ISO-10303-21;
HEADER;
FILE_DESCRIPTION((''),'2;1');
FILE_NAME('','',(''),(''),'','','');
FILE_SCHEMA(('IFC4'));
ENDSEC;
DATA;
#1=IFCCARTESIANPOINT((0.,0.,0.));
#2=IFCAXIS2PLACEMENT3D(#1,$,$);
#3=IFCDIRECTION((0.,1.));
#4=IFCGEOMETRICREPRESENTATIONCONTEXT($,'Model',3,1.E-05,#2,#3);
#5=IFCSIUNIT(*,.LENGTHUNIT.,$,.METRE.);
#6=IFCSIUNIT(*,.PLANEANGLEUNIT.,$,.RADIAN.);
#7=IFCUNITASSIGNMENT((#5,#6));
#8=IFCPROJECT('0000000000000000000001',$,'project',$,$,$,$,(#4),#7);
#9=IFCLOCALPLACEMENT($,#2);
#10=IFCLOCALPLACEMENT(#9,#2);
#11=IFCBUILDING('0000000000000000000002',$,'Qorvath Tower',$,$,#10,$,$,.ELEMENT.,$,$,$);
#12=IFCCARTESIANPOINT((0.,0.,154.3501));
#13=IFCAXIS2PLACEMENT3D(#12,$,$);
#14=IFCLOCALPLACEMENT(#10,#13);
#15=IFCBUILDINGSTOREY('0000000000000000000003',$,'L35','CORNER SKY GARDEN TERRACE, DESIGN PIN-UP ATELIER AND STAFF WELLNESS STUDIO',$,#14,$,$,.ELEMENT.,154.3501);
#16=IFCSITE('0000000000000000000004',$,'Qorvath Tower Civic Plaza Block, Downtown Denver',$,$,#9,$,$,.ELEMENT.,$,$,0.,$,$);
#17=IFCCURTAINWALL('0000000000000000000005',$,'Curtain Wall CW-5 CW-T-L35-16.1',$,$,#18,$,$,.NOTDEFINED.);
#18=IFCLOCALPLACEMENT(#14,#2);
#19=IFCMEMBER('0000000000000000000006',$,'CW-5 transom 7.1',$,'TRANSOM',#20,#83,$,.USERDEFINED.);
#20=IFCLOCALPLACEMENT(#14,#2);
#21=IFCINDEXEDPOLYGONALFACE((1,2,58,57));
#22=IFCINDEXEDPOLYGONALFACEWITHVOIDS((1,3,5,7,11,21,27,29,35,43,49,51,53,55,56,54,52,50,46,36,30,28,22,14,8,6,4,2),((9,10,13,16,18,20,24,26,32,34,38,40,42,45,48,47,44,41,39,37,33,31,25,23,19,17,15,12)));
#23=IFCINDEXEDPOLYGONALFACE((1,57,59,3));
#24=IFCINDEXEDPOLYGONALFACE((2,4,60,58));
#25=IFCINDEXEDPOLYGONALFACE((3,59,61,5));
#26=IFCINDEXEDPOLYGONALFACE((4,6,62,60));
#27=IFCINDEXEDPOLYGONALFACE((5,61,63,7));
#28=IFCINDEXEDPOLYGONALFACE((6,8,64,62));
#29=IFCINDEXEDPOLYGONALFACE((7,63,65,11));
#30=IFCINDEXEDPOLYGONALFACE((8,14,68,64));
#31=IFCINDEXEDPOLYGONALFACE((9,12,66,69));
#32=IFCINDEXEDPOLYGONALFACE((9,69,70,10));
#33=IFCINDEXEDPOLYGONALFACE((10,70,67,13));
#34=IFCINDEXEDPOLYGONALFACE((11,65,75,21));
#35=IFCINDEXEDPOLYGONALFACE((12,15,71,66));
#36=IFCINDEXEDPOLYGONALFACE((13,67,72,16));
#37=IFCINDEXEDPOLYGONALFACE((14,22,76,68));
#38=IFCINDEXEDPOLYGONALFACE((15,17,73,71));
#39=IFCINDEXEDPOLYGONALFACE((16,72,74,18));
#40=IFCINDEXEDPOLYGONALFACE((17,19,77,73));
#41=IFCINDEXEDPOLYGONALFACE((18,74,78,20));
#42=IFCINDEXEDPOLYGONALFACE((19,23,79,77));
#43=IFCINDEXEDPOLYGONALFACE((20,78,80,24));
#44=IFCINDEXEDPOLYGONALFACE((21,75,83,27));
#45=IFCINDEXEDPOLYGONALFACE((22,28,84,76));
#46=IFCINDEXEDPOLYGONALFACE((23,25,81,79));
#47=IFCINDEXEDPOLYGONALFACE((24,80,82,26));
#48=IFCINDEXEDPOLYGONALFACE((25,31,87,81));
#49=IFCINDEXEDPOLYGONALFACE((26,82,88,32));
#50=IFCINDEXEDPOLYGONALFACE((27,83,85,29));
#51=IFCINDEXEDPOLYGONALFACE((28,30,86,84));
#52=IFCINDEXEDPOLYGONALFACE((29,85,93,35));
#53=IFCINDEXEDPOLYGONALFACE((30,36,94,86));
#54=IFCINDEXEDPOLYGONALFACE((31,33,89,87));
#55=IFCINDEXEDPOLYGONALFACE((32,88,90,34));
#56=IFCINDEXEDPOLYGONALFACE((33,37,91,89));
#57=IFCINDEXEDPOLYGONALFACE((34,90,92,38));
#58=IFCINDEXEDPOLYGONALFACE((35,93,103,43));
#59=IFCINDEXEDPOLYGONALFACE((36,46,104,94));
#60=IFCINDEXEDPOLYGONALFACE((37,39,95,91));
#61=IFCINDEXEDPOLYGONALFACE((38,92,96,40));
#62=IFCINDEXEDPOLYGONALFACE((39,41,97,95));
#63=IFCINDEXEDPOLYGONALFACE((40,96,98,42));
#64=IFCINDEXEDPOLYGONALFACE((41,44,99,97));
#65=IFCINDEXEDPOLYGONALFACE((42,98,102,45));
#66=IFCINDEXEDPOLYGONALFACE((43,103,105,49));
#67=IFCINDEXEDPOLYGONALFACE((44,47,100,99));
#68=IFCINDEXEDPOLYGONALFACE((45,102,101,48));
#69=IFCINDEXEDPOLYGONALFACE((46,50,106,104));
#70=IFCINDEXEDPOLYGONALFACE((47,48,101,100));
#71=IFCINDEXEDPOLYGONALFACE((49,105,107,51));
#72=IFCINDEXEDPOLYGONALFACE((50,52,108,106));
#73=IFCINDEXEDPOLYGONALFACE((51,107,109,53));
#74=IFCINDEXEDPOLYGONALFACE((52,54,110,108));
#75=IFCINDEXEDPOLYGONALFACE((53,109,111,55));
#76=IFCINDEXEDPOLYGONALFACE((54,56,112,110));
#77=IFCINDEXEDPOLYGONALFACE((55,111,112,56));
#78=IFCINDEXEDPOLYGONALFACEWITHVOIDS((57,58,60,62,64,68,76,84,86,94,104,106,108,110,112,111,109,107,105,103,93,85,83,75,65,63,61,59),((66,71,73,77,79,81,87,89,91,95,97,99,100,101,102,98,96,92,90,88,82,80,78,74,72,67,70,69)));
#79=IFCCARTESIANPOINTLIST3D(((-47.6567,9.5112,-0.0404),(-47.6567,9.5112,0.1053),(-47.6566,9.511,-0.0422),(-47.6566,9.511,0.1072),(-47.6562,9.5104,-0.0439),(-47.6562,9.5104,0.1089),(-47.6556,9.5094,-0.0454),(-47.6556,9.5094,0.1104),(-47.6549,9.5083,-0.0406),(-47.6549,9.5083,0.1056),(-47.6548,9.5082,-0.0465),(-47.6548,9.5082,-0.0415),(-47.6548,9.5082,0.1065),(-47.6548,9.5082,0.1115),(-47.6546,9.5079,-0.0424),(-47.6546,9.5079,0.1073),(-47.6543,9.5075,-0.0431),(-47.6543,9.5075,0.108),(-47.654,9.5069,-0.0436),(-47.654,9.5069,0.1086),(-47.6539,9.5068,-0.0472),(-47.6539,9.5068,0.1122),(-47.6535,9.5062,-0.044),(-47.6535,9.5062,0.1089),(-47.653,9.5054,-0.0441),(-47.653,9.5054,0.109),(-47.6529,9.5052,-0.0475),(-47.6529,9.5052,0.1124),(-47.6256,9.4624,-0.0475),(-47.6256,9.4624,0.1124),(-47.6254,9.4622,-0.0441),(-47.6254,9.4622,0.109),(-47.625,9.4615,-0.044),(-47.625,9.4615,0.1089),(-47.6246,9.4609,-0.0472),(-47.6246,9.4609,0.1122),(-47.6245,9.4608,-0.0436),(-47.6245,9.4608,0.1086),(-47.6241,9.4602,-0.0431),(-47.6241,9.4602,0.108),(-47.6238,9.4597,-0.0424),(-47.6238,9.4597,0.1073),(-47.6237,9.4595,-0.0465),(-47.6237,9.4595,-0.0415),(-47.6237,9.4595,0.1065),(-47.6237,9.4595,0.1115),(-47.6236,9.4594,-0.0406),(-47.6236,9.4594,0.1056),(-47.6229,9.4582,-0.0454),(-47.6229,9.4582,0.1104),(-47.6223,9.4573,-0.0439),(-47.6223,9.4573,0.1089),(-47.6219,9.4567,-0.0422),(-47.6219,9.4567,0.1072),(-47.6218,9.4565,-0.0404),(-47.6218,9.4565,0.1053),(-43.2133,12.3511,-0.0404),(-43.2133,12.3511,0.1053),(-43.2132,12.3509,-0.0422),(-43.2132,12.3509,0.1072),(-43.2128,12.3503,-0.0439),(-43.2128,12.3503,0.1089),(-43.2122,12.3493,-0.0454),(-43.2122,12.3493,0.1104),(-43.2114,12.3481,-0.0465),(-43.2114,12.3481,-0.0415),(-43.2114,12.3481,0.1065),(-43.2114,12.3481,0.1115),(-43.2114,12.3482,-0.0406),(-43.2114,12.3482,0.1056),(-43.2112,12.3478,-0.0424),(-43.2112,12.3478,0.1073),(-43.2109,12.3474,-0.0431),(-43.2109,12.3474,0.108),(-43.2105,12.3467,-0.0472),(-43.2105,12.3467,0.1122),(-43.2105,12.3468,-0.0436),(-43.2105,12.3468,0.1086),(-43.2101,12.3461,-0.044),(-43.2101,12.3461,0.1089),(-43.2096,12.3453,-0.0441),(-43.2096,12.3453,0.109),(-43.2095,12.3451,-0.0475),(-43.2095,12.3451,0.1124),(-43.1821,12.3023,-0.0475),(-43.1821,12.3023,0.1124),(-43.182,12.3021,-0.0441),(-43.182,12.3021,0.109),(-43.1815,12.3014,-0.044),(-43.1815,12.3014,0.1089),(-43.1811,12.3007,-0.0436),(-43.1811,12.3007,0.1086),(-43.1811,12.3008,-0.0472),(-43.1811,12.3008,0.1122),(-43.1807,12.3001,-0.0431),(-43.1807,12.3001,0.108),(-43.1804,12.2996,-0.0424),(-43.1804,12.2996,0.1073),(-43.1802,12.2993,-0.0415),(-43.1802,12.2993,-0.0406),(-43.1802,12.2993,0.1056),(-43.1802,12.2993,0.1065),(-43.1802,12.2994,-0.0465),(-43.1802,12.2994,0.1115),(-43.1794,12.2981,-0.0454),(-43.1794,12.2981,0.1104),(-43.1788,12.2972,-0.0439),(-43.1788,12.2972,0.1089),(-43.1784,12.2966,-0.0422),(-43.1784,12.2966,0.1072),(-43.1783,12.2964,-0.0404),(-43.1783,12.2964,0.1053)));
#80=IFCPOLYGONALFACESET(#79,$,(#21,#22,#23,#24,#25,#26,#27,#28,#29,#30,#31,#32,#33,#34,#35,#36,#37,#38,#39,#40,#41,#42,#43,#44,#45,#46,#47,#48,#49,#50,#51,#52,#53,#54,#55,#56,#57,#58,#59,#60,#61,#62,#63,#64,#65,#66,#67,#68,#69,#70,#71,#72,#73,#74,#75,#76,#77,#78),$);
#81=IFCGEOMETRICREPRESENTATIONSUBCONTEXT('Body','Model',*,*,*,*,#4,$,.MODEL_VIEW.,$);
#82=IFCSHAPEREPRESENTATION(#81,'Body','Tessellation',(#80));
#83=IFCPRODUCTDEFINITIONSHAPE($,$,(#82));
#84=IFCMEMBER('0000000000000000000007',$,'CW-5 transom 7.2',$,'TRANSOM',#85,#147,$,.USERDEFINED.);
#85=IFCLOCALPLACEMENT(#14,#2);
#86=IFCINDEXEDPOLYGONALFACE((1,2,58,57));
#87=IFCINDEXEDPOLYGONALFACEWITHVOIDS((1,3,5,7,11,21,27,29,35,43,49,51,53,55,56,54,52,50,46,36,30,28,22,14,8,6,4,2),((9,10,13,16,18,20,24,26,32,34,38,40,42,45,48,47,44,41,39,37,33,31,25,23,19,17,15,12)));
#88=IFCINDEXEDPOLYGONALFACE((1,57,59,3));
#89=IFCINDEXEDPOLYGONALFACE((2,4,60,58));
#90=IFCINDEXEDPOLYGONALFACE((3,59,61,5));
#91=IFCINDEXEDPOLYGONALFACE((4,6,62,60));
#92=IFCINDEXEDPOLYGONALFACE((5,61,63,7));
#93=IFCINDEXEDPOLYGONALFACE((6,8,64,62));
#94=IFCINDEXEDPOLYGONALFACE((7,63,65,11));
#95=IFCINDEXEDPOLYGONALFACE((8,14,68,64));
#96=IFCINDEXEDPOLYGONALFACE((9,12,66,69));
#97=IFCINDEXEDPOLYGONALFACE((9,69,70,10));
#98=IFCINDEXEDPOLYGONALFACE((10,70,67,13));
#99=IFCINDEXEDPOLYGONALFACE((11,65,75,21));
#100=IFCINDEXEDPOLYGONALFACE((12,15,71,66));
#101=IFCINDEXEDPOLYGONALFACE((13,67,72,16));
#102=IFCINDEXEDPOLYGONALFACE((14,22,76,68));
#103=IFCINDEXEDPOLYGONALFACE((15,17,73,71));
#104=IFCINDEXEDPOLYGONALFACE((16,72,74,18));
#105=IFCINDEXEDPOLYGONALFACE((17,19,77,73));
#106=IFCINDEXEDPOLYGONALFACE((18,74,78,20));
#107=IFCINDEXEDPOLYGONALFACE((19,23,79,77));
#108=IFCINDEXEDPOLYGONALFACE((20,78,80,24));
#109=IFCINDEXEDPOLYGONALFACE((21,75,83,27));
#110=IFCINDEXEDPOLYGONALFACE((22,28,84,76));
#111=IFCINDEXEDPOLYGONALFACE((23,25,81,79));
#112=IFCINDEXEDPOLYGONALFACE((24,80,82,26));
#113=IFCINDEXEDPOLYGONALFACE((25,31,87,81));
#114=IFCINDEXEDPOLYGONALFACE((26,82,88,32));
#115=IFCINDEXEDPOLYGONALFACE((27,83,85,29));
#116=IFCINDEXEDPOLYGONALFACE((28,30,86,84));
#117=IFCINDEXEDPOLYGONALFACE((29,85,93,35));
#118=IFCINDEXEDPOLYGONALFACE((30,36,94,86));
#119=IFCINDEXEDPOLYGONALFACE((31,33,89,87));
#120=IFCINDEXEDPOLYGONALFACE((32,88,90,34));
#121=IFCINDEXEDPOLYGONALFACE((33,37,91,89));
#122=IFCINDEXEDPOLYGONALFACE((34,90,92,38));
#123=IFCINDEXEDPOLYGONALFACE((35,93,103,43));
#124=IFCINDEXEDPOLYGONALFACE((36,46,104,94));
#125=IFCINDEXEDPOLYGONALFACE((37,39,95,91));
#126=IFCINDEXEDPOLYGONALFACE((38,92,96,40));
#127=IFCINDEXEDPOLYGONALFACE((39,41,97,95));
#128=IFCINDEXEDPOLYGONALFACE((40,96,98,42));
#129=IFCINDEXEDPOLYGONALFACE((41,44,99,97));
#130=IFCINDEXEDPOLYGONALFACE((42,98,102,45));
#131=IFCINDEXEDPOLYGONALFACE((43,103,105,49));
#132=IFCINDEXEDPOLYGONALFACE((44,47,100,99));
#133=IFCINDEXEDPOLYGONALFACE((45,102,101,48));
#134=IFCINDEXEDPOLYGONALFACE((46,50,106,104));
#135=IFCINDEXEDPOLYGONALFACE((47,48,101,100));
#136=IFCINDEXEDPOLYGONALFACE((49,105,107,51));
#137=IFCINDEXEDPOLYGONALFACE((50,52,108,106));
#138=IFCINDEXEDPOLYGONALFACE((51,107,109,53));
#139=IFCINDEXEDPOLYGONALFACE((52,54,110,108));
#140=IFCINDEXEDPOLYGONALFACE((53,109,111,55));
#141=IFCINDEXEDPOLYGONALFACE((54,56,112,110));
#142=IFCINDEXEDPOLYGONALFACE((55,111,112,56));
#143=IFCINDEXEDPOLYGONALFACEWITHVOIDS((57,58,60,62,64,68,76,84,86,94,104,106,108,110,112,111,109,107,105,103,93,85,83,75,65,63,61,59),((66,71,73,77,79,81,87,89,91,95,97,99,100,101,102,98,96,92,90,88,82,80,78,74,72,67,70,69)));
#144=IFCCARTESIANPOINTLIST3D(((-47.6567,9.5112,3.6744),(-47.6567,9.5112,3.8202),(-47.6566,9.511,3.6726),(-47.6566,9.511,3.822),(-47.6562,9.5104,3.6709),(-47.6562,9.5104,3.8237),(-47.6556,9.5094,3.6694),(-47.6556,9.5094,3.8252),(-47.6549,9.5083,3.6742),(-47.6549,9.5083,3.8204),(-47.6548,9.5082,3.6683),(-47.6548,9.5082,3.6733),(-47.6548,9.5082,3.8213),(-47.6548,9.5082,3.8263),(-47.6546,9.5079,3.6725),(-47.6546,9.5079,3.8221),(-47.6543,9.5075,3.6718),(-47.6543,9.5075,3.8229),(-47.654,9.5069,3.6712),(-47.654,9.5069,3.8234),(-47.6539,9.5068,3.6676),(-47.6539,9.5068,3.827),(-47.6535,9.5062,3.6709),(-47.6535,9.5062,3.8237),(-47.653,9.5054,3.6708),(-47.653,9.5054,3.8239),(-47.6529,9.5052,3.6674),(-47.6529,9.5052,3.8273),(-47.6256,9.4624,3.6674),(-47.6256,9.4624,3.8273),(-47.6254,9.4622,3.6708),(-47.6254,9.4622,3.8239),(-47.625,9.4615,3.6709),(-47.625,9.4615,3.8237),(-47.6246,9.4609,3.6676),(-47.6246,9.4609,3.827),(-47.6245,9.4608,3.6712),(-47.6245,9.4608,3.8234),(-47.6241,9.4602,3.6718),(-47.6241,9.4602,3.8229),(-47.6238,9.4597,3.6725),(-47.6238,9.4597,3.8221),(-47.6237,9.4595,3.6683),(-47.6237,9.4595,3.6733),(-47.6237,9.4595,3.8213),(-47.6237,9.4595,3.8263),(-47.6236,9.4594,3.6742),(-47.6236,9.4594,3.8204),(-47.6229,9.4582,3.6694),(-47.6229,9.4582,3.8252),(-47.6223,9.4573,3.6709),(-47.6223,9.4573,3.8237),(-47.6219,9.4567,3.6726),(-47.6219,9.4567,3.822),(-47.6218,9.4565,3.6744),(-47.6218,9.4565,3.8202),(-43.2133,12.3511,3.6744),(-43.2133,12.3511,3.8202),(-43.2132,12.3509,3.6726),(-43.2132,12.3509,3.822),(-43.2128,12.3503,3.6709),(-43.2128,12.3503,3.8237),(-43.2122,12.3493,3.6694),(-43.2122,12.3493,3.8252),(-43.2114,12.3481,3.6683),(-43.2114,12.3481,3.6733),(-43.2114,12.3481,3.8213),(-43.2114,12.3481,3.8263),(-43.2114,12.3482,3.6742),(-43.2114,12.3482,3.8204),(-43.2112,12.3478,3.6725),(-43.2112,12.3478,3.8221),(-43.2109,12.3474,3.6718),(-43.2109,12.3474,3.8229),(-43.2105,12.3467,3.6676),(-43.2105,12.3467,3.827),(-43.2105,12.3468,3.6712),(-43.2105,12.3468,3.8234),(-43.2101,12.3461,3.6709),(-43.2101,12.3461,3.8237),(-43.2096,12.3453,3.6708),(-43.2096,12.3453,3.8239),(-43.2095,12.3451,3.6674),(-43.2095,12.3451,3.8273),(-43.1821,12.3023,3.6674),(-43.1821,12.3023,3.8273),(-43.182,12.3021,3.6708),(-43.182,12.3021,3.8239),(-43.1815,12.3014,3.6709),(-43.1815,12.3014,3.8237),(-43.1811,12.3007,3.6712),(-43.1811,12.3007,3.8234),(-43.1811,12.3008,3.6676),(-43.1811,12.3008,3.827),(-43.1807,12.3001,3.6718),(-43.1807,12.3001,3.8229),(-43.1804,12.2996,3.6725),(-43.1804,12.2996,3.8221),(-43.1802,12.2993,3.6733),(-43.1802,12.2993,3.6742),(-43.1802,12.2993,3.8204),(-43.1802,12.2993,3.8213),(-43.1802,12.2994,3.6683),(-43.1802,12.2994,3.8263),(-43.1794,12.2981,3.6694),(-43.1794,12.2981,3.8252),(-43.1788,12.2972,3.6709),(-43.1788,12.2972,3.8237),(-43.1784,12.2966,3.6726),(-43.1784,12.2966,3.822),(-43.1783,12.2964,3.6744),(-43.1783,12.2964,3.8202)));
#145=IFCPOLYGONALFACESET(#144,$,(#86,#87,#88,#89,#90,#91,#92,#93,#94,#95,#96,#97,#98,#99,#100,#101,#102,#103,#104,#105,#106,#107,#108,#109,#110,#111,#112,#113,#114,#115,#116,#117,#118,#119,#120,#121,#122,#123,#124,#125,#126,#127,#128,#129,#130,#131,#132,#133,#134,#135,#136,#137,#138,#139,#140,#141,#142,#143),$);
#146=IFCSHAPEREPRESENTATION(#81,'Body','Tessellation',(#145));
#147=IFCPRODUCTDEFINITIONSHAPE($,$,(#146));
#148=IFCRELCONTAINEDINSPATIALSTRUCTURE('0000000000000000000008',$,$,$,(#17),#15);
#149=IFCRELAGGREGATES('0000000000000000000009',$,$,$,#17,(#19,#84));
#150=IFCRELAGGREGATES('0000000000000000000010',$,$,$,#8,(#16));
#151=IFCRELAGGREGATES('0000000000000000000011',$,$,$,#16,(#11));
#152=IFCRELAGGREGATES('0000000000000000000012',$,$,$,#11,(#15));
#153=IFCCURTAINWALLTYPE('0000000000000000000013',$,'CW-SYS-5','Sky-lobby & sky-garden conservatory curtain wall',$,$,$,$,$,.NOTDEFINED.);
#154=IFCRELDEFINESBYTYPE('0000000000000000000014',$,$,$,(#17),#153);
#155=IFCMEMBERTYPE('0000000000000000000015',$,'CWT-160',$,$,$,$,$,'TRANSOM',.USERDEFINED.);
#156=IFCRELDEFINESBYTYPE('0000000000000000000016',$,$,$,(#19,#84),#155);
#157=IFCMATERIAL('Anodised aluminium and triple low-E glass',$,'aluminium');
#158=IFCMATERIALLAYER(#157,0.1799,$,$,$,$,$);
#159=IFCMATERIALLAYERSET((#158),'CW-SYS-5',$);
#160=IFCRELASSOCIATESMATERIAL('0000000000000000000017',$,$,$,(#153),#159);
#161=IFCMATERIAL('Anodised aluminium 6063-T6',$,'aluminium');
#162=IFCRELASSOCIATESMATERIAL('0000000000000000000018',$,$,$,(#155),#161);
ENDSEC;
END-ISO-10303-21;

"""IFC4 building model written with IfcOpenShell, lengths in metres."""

from ifc_helpers import new_model, si_unit, direction, frame, origin, origin_2d, place, context, subcontext, project, spatial, hollow_rectangle, extrude, material, layer, layer_set, material_profile, profile_set, type_object, element, aggregate, save


model = new_model("IFC4")

# Units and contexts
model_context = context("Model", 3, precision=1e-05, world=origin(), true_north=direction((0.0, 1.0)))
body_context = subcontext(model_context, "Body", "Model", "MODEL_VIEW")
ifc_project = project(units=[si_unit("LENGTHUNIT", "METRE"), si_unit("PLANEANGLEUNIT", "RADIAN")], contexts=[model_context])

# Site, building, storey
site_placement = place(None, origin())
site = spatial("IfcSite", under=ifc_project, at=site_placement, Name="Qorvath Tower Civic Plaza Block, Downtown Denver", CompositionType="ELEMENT", RefElevation=0.0)
building_placement = place(site_placement, origin())
building = spatial("IfcBuilding", under=site, at=building_placement, Name="Qorvath Tower", CompositionType="ELEMENT")
storey_placement = place(building_placement, frame((0.0, 0.0, 154.3501)))
storey = spatial("IfcBuildingStorey", under=building, at=storey_placement, Name="L35", Description="CORNER SKY GARDEN TERRACE, DESIGN PIN-UP ATELIER AND STAFF WELLNESS STUDIO", CompositionType="ELEMENT", Elevation=154.3501)

# Curtain wall
ifc_material_1 = material(Name="Anodised aluminium and triple low-E glass", Category="aluminium")
ifc_layer_1 = layer(ifc_material_1, 0.1799)
ifc_layer_set_1 = layer_set([ifc_layer_1], Name="CW-SYS-5")
curtain_wall_type = type_object("IfcCurtainWallType", Name="CW-SYS-5", Description="Sky-lobby & sky-garden conservatory curtain wall", PredefinedType="NOTDEFINED", material=ifc_layer_set_1)
curtain_wall_1_placement = place(storey_placement, origin())
curtain_wall_1 = element("IfcCurtainWall", 1, at=curtain_wall_1_placement, inside=storey, type_object=curtain_wall_type, Name="Curtain Wall CW-5 CW-T-L35-16.1", PredefinedType="NOTDEFINED")

# Members
ifc_material_2 = material(Name="Anodised aluminium 6063-T6", Category="aluminium")
ifc_material_profile_1 = material_profile(ifc_material_2, hollow_rectangle(XDim=0.0649, YDim=0.1599, WallThickness=0.0034, InnerFilletRadius=0.0034, OuterFilletRadius=0.0071, at=origin_2d()), Name="CWT 160x65")
ifc_profile_set_1 = profile_set([ifc_material_profile_1], Name="Anodised aluminium 6063-T6")
member_type_1 = type_object("IfcMemberType", Name="CWT-160", ElementType="TRANSOM", PredefinedType="USERDEFINED", material=ifc_profile_set_1)
member_1_placement = place(storey_placement, frame((-43.1958, 12.3237, 0.0325), z_axis=(-0.842608, -0.538528, 0.0), x_axis=(0.538528, -0.842608, 0.0)))
member_1 = element("IfcMember", 2, at=member_1_placement, type_object=member_type_1, Name="CW-5 transom 7.1", ObjectType="TRANSOM", PredefinedType="USERDEFINED", context=body_context, shape_type="SweptSolid", body=[
    extrude(hollow_rectangle(XDim=0.0649, YDim=0.1599, WallThickness=0.0034, InnerFilletRadius=0.0034, OuterFilletRadius=0.0071, at=origin_2d()), origin(), (0.0, 0.0, 1.0), 5.2734),
])
member_2_placement = place(storey_placement, frame((-43.1958, 12.3237, 3.7473), z_axis=(-0.842608, -0.538528, 0.0), x_axis=(0.538528, -0.842608, 0.0)))
member_2 = element("IfcMember", 3, at=member_2_placement, type_object=member_type_1, Name="CW-5 transom 7.2", ObjectType="TRANSOM", PredefinedType="USERDEFINED", context=body_context, shape_type="SweptSolid", body=[
    extrude(hollow_rectangle(XDim=0.0649, YDim=0.1599, WallThickness=0.0034, InnerFilletRadius=0.0034, OuterFilletRadius=0.0071, at=origin_2d()), origin(), (0.0, 0.0, 1.0), 5.2734),
])

aggregate(curtain_wall_1, [member_1, member_2])

save(model, "model.ifc")
